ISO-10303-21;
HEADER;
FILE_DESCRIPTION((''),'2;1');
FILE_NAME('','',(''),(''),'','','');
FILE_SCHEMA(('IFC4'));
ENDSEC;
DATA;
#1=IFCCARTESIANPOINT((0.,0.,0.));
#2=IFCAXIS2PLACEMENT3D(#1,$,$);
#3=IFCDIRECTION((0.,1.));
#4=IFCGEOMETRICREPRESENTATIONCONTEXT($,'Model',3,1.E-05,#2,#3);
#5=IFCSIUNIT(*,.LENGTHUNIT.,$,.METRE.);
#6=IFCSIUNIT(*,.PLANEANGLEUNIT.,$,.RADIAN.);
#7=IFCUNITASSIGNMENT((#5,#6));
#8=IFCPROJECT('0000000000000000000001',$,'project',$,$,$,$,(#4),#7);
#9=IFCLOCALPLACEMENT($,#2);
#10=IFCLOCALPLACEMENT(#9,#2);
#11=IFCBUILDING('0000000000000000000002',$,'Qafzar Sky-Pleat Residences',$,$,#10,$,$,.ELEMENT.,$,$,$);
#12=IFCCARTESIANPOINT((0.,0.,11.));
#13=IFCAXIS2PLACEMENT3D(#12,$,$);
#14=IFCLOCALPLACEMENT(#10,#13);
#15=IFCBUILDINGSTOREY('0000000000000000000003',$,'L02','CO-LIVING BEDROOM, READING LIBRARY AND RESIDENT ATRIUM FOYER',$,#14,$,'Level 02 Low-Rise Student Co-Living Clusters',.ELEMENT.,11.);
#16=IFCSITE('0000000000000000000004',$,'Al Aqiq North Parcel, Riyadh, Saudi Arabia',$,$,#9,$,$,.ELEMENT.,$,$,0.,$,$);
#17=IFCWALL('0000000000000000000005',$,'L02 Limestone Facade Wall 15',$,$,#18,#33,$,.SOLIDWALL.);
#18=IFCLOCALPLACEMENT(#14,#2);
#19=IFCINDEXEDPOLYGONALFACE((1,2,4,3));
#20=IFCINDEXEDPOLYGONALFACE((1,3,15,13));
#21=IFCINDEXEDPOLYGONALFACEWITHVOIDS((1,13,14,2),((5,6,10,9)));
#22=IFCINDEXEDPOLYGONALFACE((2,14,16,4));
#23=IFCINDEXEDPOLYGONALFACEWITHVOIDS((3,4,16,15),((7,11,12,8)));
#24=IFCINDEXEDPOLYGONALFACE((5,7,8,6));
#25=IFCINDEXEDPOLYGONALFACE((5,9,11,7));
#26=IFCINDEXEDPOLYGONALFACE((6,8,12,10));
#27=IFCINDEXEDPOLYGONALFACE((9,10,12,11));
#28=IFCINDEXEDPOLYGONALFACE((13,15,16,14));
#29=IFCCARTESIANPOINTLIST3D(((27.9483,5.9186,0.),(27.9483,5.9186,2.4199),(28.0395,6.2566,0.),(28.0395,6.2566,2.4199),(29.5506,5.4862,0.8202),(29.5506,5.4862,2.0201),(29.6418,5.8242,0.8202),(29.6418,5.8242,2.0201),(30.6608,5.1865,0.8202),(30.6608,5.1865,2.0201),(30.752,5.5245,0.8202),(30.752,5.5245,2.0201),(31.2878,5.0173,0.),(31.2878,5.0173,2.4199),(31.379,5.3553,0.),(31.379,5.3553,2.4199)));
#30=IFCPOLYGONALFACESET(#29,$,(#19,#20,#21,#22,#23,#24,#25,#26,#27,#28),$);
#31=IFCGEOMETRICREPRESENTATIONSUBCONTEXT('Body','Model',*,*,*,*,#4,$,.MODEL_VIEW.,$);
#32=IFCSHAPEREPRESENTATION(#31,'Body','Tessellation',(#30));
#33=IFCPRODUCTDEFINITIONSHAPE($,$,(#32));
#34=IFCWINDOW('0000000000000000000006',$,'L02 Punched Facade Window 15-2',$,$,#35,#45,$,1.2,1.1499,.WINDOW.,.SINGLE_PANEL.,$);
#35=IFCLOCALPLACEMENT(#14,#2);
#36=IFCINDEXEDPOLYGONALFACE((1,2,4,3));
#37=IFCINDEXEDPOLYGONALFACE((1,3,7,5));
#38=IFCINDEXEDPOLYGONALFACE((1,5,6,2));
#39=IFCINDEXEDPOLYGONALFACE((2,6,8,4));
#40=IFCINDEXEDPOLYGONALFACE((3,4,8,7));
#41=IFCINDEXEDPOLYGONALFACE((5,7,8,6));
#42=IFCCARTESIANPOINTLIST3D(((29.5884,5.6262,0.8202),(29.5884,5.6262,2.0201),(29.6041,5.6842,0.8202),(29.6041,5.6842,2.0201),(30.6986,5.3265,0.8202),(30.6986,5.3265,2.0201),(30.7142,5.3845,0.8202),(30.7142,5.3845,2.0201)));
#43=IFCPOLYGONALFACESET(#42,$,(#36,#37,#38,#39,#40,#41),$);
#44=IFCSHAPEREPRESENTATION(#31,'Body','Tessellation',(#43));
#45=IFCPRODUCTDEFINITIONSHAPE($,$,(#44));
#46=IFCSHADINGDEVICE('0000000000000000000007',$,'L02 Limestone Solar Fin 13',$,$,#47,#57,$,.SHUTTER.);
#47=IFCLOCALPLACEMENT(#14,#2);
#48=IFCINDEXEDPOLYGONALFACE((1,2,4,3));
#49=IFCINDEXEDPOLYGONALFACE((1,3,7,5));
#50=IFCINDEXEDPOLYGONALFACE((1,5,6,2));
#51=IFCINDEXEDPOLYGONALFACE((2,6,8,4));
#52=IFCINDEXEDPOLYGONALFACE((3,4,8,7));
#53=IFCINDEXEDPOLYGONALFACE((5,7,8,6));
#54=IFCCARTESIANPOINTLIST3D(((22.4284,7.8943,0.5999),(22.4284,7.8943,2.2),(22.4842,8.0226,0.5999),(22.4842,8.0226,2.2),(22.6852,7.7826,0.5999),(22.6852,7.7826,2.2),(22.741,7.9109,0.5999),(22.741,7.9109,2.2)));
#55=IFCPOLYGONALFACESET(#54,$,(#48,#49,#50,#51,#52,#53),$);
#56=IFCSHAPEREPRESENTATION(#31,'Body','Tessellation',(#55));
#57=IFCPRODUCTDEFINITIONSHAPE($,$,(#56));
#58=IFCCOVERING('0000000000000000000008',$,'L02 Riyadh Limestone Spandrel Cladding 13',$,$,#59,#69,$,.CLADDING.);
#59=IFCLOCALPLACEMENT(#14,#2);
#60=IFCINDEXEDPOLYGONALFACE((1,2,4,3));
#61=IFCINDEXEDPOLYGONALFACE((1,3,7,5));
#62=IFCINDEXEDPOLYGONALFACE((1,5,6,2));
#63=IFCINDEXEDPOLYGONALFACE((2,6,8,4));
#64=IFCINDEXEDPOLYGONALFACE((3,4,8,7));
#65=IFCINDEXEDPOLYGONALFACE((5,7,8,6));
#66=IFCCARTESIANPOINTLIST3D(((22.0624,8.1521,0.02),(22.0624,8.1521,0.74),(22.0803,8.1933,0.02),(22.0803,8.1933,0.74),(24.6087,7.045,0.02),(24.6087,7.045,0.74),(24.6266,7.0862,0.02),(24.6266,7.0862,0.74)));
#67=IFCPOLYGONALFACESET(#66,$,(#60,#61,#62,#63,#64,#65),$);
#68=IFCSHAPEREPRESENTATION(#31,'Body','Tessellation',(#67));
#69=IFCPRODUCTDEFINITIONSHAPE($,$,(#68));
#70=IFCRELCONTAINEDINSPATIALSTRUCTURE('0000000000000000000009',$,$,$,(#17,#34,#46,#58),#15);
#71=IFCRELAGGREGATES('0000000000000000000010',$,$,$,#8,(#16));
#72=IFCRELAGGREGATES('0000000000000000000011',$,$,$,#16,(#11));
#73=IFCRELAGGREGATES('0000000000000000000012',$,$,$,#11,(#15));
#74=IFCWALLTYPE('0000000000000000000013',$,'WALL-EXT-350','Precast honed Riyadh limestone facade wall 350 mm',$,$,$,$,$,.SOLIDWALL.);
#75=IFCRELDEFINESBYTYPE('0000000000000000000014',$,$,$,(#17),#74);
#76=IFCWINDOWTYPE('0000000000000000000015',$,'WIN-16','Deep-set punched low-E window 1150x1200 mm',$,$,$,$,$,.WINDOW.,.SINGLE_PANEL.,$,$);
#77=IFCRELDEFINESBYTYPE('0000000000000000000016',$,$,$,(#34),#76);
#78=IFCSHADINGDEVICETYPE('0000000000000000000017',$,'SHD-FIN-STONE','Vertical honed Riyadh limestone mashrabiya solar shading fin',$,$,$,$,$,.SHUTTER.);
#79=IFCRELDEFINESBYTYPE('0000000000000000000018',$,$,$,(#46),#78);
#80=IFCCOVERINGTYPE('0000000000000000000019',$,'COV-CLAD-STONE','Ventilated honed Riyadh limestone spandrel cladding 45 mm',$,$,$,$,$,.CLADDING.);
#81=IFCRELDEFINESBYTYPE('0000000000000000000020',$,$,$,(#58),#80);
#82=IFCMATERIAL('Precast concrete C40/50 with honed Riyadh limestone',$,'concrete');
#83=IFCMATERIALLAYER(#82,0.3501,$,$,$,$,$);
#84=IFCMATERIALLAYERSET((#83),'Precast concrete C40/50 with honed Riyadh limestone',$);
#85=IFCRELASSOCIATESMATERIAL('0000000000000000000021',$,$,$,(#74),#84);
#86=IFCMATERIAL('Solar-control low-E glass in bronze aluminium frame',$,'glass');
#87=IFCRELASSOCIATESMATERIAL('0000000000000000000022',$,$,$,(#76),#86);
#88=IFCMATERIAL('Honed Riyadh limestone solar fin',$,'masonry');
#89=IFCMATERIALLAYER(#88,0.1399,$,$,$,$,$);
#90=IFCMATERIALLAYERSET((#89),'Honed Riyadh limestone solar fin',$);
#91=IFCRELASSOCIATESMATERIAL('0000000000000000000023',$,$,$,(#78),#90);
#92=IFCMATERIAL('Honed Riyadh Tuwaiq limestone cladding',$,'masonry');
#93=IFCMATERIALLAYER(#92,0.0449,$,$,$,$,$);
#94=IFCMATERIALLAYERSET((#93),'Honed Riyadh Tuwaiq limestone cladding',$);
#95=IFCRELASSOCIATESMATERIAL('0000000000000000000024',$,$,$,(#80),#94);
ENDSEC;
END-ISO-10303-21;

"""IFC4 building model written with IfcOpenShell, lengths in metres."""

from ifc_helpers import new_model, si_unit, direction, frame, frame_2d, origin, origin_2d, place, context, subcontext, project, spatial, rectangle, extrude, source, transform, mapped, material, layer, layer_set, type_object, element, fill, save


model = new_model("IFC4")

# Units and contexts
model_context = context("Model", 3, precision=1e-05, world=origin(), true_north=direction((0.0, 1.0)))
body_context = subcontext(model_context, "Body", "Model", "MODEL_VIEW")
ifc_project = project(units=[si_unit("LENGTHUNIT", "METRE"), si_unit("PLANEANGLEUNIT", "RADIAN")], contexts=[model_context])

# Site, building, storey
site_placement = place(None, origin())
site = spatial("IfcSite", under=ifc_project, at=site_placement, Name="Al Aqiq North Parcel, Riyadh, Saudi Arabia", CompositionType="ELEMENT", RefElevation=0.0)
building_placement = place(site_placement, origin())
building = spatial("IfcBuilding", under=site, at=building_placement, Name="Qafzar Sky-Pleat Residences", CompositionType="ELEMENT")
storey_placement = place(building_placement, frame((0.0, 0.0, 11.0)))
storey = spatial("IfcBuildingStorey", under=building, at=storey_placement, Name="L02", Description="CO-LIVING BEDROOM, READING LIBRARY AND RESIDENT ATRIUM FOYER", LongName="Level 02 Low-Rise Student Co-Living Clusters", CompositionType="ELEMENT", Elevation=11.0)

# Wall, opening, window
ifc_material_1 = material(Name="Precast concrete C40/50 with honed Riyadh limestone", Category="concrete")
ifc_layer_1 = layer(ifc_material_1, 0.3501)
ifc_layer_set_1 = layer_set([ifc_layer_1], Name="Precast concrete C40/50 with honed Riyadh limestone")
wall_type_1 = type_object("IfcWallType", Name="WALL-EXT-350", Description="Precast honed Riyadh limestone facade wall 350 mm", PredefinedType="SOLIDWALL", material=ifc_layer_set_1)
ifc_material_2 = material(Name="Solar-control low-E glass in bronze aluminium frame", Category="glass")
wall_1_placement = place(storey_placement, frame((27.9939, 6.0876, 0.0), z_axis=(0.0, 0.0, 1.0), x_axis=(0.965453, -0.260578, 0.0)))
wall_1 = element("IfcWall", 1, at=wall_1_placement, inside=storey, type_object=wall_type_1, Name="L02 Limestone Facade Wall 15", PredefinedType="SOLIDWALL", context=body_context, shape_type="SweptSolid", body=[
    extrude(rectangle(XDim=3.459, YDim=0.3501, at=frame_2d((1.7295, 0.0))), origin(), (0.0, 0.0, 1.0), 2.4199),
])
opening_1_placement = place(wall_1_placement, frame((1.6597, 0.0, 0.8201)))
opening_1 = element("IfcOpeningElement", 2, at=opening_1_placement, cuts=wall_1, PredefinedType="OPENING", context=body_context, shape_type="SweptSolid", body=[
    extrude(rectangle(XDim=1.1499, YDim=1.2, at=frame_2d((0.575, 0.6001))), frame((0.0, 0.1851, 0.0), z_axis=(0.0, -1.0, 0.0), x_axis=(1.0, 0.0, 0.0)), (0.0, 0.0, 1.0), 0.3701),
])
window_type_1 = type_object("IfcWindowType", Name="WIN-16", Description="Deep-set punched low-E window 1150x1200 mm", PartitioningType="SINGLE_PANEL", PredefinedType="WINDOW", material=ifc_material_2)
shared_shape_1 = source(origin(), body_context, "Body", "SweptSolid", [
    extrude(rectangle(XDim=1.1499, YDim=1.2, at=frame_2d((0.575, 0.6001))), frame((0.0, 0.03, 0.0), z_axis=(0.0, -1.0, 0.0), x_axis=(1.0, 0.0, 0.0)), (0.0, 0.0, 1.0), 0.0601),
])
window_1_placement = place(opening_1_placement, origin())
window_1 = element("IfcWindow", 3, at=window_1_placement, inside=storey, type_object=window_type_1, Name="L02 Punched Facade Window 15-2", OverallHeight=1.2, OverallWidth=1.1499, PartitioningType="SINGLE_PANEL", PredefinedType="WINDOW", context=body_context, shape_type="MappedRepresentation", body=[
    mapped(shared_shape_1, transform((0.0, 0.0, 0.0), x_axis=(1.0, 0.0, 0.0), y_axis=(0.0, 1.0, 0.0), z_axis=(0.0, 0.0, 1.0), scale=1.0)),
])
fill(opening_1, window_1)

# Shading device
ifc_material_3 = material(Name="Honed Riyadh limestone solar fin", Category="masonry")
ifc_layer_2 = layer(ifc_material_3, 0.1399)
ifc_layer_set_2 = layer_set([ifc_layer_2], Name="Honed Riyadh limestone solar fin")
shading_device_type = type_object("IfcShadingDeviceType", Name="SHD-FIN-STONE", Description="Vertical honed Riyadh limestone mashrabiya solar shading fin", PredefinedType="SHUTTER", material=ifc_layer_set_2)
shared_shape_2 = source(origin(), body_context, "Body", "SweptSolid", [
    extrude(rectangle(XDim=0.1399, YDim=0.28, at=origin_2d()), origin(), (0.0, 0.0, 1.0), 1.6001),
])
shading_device_placement = place(storey_placement, frame((22.5847, 7.9026, 0.5999), z_axis=(0.0, 0.0, 1.0), x_axis=(-0.39871, -0.917077, 0.0)))
element("IfcShadingDevice", 4, at=shading_device_placement, inside=storey, type_object=shading_device_type, Name="L02 Limestone Solar Fin 13", PredefinedType="SHUTTER", context=body_context, shape_type="MappedRepresentation", body=[
    mapped(shared_shape_2, transform((0.0, 0.0, 0.0), x_axis=(1.0, 0.0, 0.0), y_axis=(0.0, 1.0, 0.0), z_axis=(0.0, 0.0, 1.0), scale=1.0)),
])

# Covering
ifc_material_4 = material(Name="Honed Riyadh Tuwaiq limestone cladding", Category="masonry")
ifc_layer_3 = layer(ifc_material_4, 0.0449)
ifc_layer_set_3 = layer_set([ifc_layer_3], Name="Honed Riyadh Tuwaiq limestone cladding")
covering_type = type_object("IfcCoveringType", Name="COV-CLAD-STONE", Description="Ventilated honed Riyadh limestone spandrel cladding 45 mm", PredefinedType="CLADDING", material=ifc_layer_set_3)
shared_shape_3 = source(origin(), body_context, "Body", "SweptSolid", [
    extrude(rectangle(XDim=2.7766, YDim=0.0449, at=origin_2d()), origin(), (0.0, 0.0, 1.0), 0.72),
])
covering_placement = place(storey_placement, frame((23.3445, 7.6191, 0.02), z_axis=(0.0, 0.0, 1.0), x_axis=(0.917069, -0.39873, 0.0)))
element("IfcCovering", 5, at=covering_placement, inside=storey, type_object=covering_type, Name="L02 Riyadh Limestone Spandrel Cladding 13", PredefinedType="CLADDING", context=body_context, shape_type="MappedRepresentation", body=[
    mapped(shared_shape_3, transform((0.0, 0.0, 0.0), x_axis=(1.0, 0.0, 0.0), y_axis=(0.0, 1.0, 0.0), z_axis=(0.0, 0.0, 1.0), scale=1.0)),
])

save(model, "model.ifc")
